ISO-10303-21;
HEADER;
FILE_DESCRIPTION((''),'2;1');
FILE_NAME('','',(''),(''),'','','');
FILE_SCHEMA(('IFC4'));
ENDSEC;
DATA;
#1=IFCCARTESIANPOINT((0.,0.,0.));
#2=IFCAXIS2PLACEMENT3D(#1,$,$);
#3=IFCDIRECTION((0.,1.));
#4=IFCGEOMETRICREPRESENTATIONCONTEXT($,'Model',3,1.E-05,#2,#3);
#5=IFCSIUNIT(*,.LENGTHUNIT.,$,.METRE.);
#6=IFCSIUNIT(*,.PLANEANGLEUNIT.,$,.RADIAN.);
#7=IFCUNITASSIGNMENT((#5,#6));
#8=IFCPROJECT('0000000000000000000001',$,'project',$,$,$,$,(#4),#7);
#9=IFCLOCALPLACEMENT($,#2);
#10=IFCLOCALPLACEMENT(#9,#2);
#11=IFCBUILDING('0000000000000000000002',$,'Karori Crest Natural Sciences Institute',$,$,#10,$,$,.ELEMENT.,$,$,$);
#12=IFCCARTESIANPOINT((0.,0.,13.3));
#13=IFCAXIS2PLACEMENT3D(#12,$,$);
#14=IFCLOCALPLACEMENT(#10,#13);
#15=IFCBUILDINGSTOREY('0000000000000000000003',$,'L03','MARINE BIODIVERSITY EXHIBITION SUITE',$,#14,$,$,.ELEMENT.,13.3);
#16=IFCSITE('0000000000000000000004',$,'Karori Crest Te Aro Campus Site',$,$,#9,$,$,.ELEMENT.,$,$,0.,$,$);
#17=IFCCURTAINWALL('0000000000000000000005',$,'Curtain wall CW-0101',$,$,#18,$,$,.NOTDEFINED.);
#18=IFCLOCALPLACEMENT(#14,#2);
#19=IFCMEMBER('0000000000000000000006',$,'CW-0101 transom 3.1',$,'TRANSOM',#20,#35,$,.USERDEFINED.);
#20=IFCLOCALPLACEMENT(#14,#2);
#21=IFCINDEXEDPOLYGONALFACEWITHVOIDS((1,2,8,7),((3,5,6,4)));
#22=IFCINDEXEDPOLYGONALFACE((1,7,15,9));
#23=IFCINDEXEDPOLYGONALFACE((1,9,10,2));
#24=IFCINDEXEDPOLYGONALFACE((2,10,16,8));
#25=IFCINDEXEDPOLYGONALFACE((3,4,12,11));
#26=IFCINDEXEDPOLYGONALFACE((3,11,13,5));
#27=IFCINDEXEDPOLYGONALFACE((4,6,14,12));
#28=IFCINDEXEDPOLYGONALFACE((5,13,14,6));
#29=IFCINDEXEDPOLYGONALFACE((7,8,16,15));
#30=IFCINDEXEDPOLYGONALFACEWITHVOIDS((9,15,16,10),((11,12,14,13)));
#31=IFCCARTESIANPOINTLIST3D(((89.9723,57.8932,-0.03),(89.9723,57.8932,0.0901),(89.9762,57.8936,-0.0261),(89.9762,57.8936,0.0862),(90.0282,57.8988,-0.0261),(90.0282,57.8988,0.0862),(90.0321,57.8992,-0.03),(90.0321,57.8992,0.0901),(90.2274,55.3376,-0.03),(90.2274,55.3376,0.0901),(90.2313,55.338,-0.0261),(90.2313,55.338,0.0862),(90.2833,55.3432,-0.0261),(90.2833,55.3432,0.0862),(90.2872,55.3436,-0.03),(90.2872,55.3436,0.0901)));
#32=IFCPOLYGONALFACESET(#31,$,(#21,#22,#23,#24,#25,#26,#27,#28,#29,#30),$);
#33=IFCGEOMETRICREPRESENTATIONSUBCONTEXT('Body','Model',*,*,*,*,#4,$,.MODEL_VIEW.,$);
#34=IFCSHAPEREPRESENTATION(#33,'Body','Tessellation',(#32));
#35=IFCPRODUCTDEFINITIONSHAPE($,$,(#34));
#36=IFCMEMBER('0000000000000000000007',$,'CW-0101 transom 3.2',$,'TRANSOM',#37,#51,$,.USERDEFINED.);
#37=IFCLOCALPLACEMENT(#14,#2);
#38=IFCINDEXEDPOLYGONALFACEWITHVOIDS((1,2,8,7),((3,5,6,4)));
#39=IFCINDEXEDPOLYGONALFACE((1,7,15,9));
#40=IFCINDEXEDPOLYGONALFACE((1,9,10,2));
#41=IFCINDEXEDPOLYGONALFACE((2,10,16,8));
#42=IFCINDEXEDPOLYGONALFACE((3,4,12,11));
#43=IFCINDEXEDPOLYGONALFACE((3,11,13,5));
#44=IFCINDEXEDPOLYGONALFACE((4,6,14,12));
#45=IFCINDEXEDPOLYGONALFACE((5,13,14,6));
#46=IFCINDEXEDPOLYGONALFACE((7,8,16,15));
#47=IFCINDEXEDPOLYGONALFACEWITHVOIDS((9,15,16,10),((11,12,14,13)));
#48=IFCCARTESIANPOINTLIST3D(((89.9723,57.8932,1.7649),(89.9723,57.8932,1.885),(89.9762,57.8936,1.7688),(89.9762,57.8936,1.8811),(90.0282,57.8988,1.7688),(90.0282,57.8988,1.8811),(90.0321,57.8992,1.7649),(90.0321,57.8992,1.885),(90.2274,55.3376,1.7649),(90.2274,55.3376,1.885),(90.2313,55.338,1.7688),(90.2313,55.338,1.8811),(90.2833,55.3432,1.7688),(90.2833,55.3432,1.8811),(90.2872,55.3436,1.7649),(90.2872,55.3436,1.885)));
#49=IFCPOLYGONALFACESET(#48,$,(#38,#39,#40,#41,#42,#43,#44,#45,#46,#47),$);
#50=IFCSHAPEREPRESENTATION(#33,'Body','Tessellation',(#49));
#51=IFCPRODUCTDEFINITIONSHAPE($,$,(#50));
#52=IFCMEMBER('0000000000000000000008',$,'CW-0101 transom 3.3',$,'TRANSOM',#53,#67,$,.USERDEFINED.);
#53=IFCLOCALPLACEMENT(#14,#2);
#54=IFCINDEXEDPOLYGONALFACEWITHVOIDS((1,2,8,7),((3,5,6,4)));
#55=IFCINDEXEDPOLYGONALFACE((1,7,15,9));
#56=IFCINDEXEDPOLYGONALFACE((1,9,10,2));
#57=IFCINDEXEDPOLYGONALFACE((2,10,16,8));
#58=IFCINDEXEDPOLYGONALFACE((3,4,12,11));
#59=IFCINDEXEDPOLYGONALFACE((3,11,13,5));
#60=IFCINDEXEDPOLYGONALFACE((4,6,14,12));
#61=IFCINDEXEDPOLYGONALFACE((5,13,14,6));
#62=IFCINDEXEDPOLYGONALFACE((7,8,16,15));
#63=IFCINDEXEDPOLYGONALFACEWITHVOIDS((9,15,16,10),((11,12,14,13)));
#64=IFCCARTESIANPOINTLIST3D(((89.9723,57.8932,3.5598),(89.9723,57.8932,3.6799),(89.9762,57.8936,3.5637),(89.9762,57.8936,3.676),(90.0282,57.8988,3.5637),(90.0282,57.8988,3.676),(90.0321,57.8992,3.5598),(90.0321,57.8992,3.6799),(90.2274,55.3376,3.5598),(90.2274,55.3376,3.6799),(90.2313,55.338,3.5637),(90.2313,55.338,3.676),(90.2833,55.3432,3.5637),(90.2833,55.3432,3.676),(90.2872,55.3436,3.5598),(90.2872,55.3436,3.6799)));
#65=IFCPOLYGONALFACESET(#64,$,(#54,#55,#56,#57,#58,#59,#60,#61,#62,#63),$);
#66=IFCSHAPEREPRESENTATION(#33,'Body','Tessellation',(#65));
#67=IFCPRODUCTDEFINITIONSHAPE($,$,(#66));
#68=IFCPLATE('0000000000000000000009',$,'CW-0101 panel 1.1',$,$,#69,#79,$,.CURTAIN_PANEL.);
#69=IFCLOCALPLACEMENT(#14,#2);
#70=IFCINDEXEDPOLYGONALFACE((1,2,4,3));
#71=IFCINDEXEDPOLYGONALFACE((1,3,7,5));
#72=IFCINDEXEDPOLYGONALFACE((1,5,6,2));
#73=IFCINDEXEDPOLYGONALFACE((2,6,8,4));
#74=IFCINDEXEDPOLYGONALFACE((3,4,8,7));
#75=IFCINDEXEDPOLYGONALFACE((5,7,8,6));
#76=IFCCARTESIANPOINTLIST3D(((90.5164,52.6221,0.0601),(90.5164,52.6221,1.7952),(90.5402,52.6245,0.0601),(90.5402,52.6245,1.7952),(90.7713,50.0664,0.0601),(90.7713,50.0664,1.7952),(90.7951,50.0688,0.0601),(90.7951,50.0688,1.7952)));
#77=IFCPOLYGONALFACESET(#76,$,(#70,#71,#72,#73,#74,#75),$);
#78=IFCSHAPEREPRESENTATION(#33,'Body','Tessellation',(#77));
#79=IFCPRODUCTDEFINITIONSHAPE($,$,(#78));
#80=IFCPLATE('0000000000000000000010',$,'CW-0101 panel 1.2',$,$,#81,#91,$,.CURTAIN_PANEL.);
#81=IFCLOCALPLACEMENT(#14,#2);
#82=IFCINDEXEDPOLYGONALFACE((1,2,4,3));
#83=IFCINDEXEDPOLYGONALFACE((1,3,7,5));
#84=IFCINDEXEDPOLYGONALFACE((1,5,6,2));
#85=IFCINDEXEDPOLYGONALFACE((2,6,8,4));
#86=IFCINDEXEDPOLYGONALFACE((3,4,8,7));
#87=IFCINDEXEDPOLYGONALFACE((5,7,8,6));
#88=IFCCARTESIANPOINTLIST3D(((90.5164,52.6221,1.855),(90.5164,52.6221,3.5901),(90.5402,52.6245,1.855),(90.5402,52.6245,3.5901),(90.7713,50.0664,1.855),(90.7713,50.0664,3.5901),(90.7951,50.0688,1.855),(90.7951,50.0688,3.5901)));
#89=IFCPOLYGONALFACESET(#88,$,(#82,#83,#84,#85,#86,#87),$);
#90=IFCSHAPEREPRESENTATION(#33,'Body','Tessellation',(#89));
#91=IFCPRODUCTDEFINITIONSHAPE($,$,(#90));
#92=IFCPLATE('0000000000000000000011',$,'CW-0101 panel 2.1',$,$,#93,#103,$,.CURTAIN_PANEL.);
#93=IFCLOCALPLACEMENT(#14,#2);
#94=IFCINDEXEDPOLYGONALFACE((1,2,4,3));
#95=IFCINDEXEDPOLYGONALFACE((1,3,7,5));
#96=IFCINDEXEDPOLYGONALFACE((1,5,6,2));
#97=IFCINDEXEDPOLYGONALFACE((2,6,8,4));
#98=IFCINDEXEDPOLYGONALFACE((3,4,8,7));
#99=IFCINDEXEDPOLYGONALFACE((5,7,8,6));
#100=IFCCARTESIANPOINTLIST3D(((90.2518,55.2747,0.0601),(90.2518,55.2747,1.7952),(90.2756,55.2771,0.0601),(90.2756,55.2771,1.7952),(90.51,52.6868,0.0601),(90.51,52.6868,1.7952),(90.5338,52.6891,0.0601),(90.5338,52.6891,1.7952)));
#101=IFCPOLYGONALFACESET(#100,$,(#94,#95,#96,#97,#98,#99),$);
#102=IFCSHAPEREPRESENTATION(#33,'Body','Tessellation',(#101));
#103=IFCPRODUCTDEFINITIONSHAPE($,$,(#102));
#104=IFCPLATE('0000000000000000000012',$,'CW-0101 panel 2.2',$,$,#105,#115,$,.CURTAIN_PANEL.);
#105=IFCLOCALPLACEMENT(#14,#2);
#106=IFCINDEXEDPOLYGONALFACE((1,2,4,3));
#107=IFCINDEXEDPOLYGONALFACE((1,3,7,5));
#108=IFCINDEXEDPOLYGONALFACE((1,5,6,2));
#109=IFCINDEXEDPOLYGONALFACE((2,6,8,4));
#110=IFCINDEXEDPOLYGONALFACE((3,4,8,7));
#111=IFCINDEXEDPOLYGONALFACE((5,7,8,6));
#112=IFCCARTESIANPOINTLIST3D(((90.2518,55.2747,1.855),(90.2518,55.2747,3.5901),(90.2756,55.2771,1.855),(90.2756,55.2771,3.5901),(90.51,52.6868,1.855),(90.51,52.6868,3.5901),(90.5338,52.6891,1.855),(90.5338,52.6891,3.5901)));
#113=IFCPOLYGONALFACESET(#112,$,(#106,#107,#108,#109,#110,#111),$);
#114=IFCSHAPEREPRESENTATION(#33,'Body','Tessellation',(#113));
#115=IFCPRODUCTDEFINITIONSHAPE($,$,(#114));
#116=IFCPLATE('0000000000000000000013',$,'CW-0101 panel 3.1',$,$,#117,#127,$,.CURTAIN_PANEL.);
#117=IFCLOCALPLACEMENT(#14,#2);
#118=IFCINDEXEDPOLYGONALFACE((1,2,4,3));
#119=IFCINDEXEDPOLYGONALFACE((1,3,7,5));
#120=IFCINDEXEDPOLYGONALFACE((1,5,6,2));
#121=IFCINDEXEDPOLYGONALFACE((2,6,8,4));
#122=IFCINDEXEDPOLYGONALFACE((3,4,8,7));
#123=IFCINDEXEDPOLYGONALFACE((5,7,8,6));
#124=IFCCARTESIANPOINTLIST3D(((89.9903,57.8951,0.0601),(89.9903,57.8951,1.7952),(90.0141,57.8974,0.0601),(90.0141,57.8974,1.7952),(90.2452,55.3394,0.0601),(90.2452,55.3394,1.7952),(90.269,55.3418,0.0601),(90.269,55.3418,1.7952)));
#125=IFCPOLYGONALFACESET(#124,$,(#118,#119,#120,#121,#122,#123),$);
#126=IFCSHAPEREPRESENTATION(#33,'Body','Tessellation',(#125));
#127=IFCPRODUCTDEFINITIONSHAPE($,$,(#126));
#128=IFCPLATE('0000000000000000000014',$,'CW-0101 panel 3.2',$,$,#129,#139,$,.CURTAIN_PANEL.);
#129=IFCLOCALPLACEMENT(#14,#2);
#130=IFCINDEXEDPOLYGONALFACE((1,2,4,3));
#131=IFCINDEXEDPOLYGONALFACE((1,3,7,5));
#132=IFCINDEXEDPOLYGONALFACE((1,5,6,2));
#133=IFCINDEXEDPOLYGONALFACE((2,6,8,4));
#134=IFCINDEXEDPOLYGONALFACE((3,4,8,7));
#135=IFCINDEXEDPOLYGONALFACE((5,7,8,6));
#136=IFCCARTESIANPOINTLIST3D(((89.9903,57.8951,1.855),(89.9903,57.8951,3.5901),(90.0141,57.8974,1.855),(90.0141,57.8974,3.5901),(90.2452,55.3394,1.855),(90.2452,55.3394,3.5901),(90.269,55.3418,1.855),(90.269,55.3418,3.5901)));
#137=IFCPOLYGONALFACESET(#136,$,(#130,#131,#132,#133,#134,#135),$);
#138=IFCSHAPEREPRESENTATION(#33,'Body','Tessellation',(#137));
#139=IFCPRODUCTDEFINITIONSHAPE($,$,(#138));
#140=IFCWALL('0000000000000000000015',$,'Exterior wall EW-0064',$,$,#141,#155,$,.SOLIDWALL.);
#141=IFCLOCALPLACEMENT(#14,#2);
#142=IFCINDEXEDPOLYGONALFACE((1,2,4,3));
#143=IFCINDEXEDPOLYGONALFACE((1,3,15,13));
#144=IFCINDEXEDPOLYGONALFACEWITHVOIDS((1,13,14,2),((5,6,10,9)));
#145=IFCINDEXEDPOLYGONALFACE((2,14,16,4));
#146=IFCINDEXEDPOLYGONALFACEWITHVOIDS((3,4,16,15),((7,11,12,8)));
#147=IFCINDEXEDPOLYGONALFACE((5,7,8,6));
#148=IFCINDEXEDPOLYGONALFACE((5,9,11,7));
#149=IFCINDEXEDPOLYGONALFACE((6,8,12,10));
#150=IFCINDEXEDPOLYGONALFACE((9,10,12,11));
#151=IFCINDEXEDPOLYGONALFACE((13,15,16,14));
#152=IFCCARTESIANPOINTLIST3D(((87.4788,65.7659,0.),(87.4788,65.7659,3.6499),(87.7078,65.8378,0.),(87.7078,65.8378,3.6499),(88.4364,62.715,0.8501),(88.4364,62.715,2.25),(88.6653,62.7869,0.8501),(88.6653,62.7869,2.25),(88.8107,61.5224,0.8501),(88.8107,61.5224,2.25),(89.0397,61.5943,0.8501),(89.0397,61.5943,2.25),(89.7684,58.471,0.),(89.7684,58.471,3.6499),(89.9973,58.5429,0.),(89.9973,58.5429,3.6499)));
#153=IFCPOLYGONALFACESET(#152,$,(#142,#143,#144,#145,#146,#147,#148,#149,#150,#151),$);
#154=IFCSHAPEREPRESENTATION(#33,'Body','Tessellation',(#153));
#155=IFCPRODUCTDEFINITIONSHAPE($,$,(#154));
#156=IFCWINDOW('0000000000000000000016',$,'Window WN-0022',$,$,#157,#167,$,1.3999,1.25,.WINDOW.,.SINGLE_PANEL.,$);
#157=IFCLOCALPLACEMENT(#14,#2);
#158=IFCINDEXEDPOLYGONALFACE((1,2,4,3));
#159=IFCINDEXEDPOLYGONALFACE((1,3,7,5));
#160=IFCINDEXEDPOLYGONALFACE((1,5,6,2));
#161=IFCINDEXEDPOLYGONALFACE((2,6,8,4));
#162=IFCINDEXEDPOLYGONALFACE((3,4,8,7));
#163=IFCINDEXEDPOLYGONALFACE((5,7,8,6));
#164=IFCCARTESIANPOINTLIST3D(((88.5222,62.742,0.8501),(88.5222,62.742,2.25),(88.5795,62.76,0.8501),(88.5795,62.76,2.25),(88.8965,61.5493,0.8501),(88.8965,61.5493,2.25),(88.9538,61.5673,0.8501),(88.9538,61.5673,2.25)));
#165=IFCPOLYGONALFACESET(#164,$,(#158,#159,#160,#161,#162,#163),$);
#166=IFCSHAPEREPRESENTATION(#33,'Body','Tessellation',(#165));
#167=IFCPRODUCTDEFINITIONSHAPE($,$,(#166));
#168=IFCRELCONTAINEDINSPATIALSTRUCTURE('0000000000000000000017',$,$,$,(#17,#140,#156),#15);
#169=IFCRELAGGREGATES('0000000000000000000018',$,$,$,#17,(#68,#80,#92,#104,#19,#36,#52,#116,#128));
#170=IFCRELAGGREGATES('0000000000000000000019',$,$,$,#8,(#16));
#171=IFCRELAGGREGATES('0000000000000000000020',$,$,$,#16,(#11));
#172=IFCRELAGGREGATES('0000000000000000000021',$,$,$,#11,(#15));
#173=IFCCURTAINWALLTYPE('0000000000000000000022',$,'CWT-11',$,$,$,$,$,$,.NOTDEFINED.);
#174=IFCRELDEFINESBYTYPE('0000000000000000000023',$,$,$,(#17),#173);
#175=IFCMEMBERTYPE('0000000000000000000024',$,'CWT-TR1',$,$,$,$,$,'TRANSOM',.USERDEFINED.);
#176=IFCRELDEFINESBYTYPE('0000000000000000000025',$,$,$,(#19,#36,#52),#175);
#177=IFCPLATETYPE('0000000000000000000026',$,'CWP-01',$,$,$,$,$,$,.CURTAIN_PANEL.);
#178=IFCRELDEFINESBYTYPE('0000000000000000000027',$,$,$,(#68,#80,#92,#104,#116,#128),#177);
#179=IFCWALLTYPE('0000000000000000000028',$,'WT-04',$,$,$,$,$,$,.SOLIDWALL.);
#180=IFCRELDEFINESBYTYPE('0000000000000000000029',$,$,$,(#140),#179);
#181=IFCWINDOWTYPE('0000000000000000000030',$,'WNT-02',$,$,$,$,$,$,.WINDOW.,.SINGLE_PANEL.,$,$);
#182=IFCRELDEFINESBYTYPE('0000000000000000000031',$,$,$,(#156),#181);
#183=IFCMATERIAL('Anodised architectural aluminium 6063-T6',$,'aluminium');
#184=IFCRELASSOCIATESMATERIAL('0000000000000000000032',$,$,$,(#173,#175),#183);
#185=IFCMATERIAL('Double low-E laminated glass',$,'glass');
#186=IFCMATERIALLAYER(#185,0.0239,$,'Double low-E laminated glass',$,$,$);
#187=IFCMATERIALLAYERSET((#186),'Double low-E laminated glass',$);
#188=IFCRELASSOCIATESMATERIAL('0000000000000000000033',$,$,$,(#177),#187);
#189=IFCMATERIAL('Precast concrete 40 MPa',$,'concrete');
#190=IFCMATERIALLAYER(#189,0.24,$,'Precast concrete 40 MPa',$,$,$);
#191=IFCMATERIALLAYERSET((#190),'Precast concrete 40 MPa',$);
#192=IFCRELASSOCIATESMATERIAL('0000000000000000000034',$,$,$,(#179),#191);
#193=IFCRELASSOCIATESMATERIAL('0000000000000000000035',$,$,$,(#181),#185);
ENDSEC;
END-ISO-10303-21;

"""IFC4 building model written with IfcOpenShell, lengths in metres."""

from ifc_helpers import new_model, si_unit, direction, frame, frame_2d, origin, origin_2d, place, context, subcontext, project, spatial, rectangle, hollow_rectangle, extrude, material, layer, layer_set, material_profile, profile_set, type_object, element, fill, aggregate, save


model = new_model("IFC4")

# Units and contexts
model_context = context("Model", 3, precision=1e-05, world=origin(), true_north=direction((0.0, 1.0)))
body_context = subcontext(model_context, "Body", "Model", "MODEL_VIEW")
ifc_project = project(units=[si_unit("LENGTHUNIT", "METRE"), si_unit("PLANEANGLEUNIT", "RADIAN")], contexts=[model_context])

# Site, building, storey
site_placement = place(None, origin())
site = spatial("IfcSite", under=ifc_project, at=site_placement, Name="Karori Crest Te Aro Campus Site", CompositionType="ELEMENT", RefElevation=0.0)
building_placement = place(site_placement, origin())
building = spatial("IfcBuilding", under=site, at=building_placement, Name="Karori Crest Natural Sciences Institute", CompositionType="ELEMENT")
storey_placement = place(building_placement, frame((0.0, 0.0, 13.3)))
storey = spatial("IfcBuildingStorey", under=building, at=storey_placement, Name="L03", Description="MARINE BIODIVERSITY EXHIBITION SUITE", CompositionType="ELEMENT", Elevation=13.3)

# Curtain wall, members, plates
ifc_material_1 = material(Name="Anodised architectural aluminium 6063-T6", Category="aluminium")
curtain_wall_type = type_object("IfcCurtainWallType", Name="CWT-11", PredefinedType="NOTDEFINED", material=ifc_material_1)
curtain_wall_placement = place(storey_placement, origin())
curtain_wall = element("IfcCurtainWall", 1, at=curtain_wall_placement, inside=storey, type_object=curtain_wall_type, Name="Curtain wall CW-0101", PredefinedType="NOTDEFINED")
ifc_material_profile_1 = material_profile(ifc_material_1, hollow_rectangle(XDim=0.0601, YDim=0.1201, WallThickness=0.0039, at=origin_2d()), Name="CWT120x60x4")
ifc_profile_set_1 = profile_set([ifc_material_profile_1], Name="Anodised architectural aluminium 6063-T6")
member_type_1 = type_object("IfcMemberType", Name="CWT-TR1", ElementType="TRANSOM", PredefinedType="USERDEFINED", material=ifc_profile_set_1)
member_1_placement = place(storey_placement, frame((90.2573, 55.3406, 0.03), z_axis=(-0.099334, 0.995054, 0.0), x_axis=(-0.995054, -0.099334, 0.0)))
member_1 = element("IfcMember", 2, at=member_1_placement, type_object=member_type_1, Name="CW-0101 transom 3.1", ObjectType="TRANSOM", PredefinedType="USERDEFINED", context=body_context, shape_type="SweptSolid", body=[
    extrude(hollow_rectangle(XDim=0.0601, YDim=0.1201, WallThickness=0.0039, at=origin_2d()), origin(), (0.0, 0.0, 1.0), 2.5684),
])
member_2_placement = place(storey_placement, frame((90.2573, 55.3406, 1.825), z_axis=(-0.099334, 0.995054, 0.0), x_axis=(-0.995054, -0.099334, 0.0)))
member_2 = element("IfcMember", 3, at=member_2_placement, type_object=member_type_1, Name="CW-0101 transom 3.2", ObjectType="TRANSOM", PredefinedType="USERDEFINED", context=body_context, shape_type="SweptSolid", body=[
    extrude(hollow_rectangle(XDim=0.0601, YDim=0.1201, WallThickness=0.0039, at=origin_2d()), origin(), (0.0, 0.0, 1.0), 2.5684),
])
member_3_placement = place(storey_placement, frame((90.2573, 55.3406, 3.6199), z_axis=(-0.099334, 0.995054, 0.0), x_axis=(-0.995054, -0.099334, 0.0)))
member_3 = element("IfcMember", 4, at=member_3_placement, type_object=member_type_1, Name="CW-0101 transom 3.3", ObjectType="TRANSOM", PredefinedType="USERDEFINED", context=body_context, shape_type="SweptSolid", body=[
    extrude(hollow_rectangle(XDim=0.0601, YDim=0.1201, WallThickness=0.0039, at=origin_2d()), origin(), (0.0, 0.0, 1.0), 2.5684),
])
ifc_material_2 = material(Name="Double low-E laminated glass", Category="glass")
ifc_layer_1 = layer(ifc_material_2, 0.0239, Name="Double low-E laminated glass")
ifc_layer_set_1 = layer_set([ifc_layer_1], Name="Double low-E laminated glass")
plate_type = type_object("IfcPlateType", Name="CWP-01", PredefinedType="CURTAIN_PANEL", material=ifc_layer_set_1)
plate_1_placement = place(storey_placement, frame((90.6558, 51.3455, 0.0601), z_axis=(0.0, 0.0, 1.0), x_axis=(-0.099268, 0.995061, 0.0)))
plate_1 = element("IfcPlate", 5, at=plate_1_placement, type_object=plate_type, Name="CW-0101 panel 1.1", PredefinedType="CURTAIN_PANEL", context=body_context, shape_type="SweptSolid", body=[
    extrude(rectangle(XDim=2.5684, YDim=0.0239, at=origin_2d()), origin(), (0.0, 0.0, 1.0), 1.7351),
])
plate_2_placement = place(storey_placement, frame((90.6558, 51.3455, 1.855), z_axis=(0.0, 0.0, 1.0), x_axis=(-0.099268, 0.995061, 0.0)))
plate_2 = element("IfcPlate", 6, at=plate_2_placement, type_object=plate_type, Name="CW-0101 panel 1.2", PredefinedType="CURTAIN_PANEL", context=body_context, shape_type="SweptSolid", body=[
    extrude(rectangle(XDim=2.5684, YDim=0.0239, at=origin_2d()), origin(), (0.0, 0.0, 1.0), 1.7351),
])
plate_3_placement = place(storey_placement, frame((90.3928, 53.9819, 0.0601), z_axis=(0.0, 0.0, 1.0), x_axis=(-0.099268, 0.995061, 0.0)))
plate_3 = element("IfcPlate", 7, at=plate_3_placement, type_object=plate_type, Name="CW-0101 panel 2.1", PredefinedType="CURTAIN_PANEL", context=body_context, shape_type="SweptSolid", body=[
    extrude(rectangle(XDim=2.6008, YDim=0.0239, at=origin_2d()), origin(), (0.0, 0.0, 1.0), 1.7351),
])
plate_4_placement = place(storey_placement, frame((90.3928, 53.9819, 1.855), z_axis=(0.0, 0.0, 1.0), x_axis=(-0.099268, 0.995061, 0.0)))
plate_4 = element("IfcPlate", 8, at=plate_4_placement, type_object=plate_type, Name="CW-0101 panel 2.2", PredefinedType="CURTAIN_PANEL", context=body_context, shape_type="SweptSolid", body=[
    extrude(rectangle(XDim=2.6008, YDim=0.0239, at=origin_2d()), origin(), (0.0, 0.0, 1.0), 1.7351),
])
plate_5_placement = place(storey_placement, frame((90.1296, 56.6184, 0.0601), z_axis=(0.0, 0.0, 1.0), x_axis=(-0.099268, 0.995061, 0.0)))
plate_5 = element("IfcPlate", 9, at=plate_5_placement, type_object=plate_type, Name="CW-0101 panel 3.1", PredefinedType="CURTAIN_PANEL", context=body_context, shape_type="SweptSolid", body=[
    extrude(rectangle(XDim=2.5684, YDim=0.0239, at=origin_2d()), origin(), (0.0, 0.0, 1.0), 1.7351),
])
plate_6_placement = place(storey_placement, frame((90.1296, 56.6184, 1.855), z_axis=(0.0, 0.0, 1.0), x_axis=(-0.099268, 0.995061, 0.0)))
plate_6 = element("IfcPlate", 10, at=plate_6_placement, type_object=plate_type, Name="CW-0101 panel 3.2", PredefinedType="CURTAIN_PANEL", context=body_context, shape_type="SweptSolid", body=[
    extrude(rectangle(XDim=2.5684, YDim=0.0239, at=origin_2d()), origin(), (0.0, 0.0, 1.0), 1.7351),
])
aggregate(curtain_wall, [plate_1, plate_2, plate_3, plate_4, member_1, member_2, member_3, plate_5, plate_6])

# Wall, opening, window
ifc_material_3 = material(Name="Precast concrete 40 MPa", Category="concrete")
ifc_layer_2 = layer(ifc_material_3, 0.24, Name="Precast concrete 40 MPa")
ifc_layer_set_2 = layer_set([ifc_layer_2], Name="Precast concrete 40 MPa")
wall_type = type_object("IfcWallType", Name="WT-04", PredefinedType="SOLIDWALL", material=ifc_layer_set_2)
wall_1_placement = place(storey_placement, frame((89.8828, 58.5071, 0.0), z_axis=(0.0, 0.0, 1.0), x_axis=(-0.299453, 0.954111, 0.0)))
wall_1 = element("IfcWall", 11, at=wall_1_placement, inside=storey, type_object=wall_type, Name="Exterior wall EW-0064", PredefinedType="SOLIDWALL", context=body_context, shape_type="SweptSolid", body=[
    extrude(rectangle(XDim=7.6458, YDim=0.24, at=frame_2d((3.8228, 0.0))), origin(), (0.0, 0.0, 1.0), 3.6499),
])
opening_1_placement = place(wall_1_placement, frame((3.198, 0.0, 0.8501)))
opening_1 = element("IfcOpeningElement", 12, at=opening_1_placement, cuts=wall_1, PredefinedType="OPENING", context=body_context, shape_type="SweptSolid", body=[
    extrude(rectangle(XDim=1.25, YDim=1.3999, at=frame_2d((0.625, 0.7))), frame((0.0, 0.1299, 0.0), z_axis=(0.0, -1.0, 0.0), x_axis=(1.0, 0.0, 0.0)), (0.0, 0.0, 1.0), 0.26),
])
window_type_1 = type_object("IfcWindowType", Name="WNT-02", PartitioningType="SINGLE_PANEL", PredefinedType="WINDOW", material=ifc_material_2)
window_1_placement = place(opening_1_placement, origin())
window_1 = element("IfcWindow", 13, at=window_1_placement, inside=storey, type_object=window_type_1, Name="Window WN-0022", OverallHeight=1.3999, OverallWidth=1.25, PartitioningType="SINGLE_PANEL", PredefinedType="WINDOW", context=body_context, shape_type="SweptSolid", body=[
    extrude(rectangle(XDim=1.25, YDim=1.3999, at=frame_2d((0.625, 0.7))), frame((0.0, 0.03, 0.0), z_axis=(0.0, -1.0, 0.0), x_axis=(1.0, 0.0, 0.0)), (0.0, 0.0, 1.0), 0.0601),
])
fill(opening_1, window_1)

save(model, "model.ifc")
